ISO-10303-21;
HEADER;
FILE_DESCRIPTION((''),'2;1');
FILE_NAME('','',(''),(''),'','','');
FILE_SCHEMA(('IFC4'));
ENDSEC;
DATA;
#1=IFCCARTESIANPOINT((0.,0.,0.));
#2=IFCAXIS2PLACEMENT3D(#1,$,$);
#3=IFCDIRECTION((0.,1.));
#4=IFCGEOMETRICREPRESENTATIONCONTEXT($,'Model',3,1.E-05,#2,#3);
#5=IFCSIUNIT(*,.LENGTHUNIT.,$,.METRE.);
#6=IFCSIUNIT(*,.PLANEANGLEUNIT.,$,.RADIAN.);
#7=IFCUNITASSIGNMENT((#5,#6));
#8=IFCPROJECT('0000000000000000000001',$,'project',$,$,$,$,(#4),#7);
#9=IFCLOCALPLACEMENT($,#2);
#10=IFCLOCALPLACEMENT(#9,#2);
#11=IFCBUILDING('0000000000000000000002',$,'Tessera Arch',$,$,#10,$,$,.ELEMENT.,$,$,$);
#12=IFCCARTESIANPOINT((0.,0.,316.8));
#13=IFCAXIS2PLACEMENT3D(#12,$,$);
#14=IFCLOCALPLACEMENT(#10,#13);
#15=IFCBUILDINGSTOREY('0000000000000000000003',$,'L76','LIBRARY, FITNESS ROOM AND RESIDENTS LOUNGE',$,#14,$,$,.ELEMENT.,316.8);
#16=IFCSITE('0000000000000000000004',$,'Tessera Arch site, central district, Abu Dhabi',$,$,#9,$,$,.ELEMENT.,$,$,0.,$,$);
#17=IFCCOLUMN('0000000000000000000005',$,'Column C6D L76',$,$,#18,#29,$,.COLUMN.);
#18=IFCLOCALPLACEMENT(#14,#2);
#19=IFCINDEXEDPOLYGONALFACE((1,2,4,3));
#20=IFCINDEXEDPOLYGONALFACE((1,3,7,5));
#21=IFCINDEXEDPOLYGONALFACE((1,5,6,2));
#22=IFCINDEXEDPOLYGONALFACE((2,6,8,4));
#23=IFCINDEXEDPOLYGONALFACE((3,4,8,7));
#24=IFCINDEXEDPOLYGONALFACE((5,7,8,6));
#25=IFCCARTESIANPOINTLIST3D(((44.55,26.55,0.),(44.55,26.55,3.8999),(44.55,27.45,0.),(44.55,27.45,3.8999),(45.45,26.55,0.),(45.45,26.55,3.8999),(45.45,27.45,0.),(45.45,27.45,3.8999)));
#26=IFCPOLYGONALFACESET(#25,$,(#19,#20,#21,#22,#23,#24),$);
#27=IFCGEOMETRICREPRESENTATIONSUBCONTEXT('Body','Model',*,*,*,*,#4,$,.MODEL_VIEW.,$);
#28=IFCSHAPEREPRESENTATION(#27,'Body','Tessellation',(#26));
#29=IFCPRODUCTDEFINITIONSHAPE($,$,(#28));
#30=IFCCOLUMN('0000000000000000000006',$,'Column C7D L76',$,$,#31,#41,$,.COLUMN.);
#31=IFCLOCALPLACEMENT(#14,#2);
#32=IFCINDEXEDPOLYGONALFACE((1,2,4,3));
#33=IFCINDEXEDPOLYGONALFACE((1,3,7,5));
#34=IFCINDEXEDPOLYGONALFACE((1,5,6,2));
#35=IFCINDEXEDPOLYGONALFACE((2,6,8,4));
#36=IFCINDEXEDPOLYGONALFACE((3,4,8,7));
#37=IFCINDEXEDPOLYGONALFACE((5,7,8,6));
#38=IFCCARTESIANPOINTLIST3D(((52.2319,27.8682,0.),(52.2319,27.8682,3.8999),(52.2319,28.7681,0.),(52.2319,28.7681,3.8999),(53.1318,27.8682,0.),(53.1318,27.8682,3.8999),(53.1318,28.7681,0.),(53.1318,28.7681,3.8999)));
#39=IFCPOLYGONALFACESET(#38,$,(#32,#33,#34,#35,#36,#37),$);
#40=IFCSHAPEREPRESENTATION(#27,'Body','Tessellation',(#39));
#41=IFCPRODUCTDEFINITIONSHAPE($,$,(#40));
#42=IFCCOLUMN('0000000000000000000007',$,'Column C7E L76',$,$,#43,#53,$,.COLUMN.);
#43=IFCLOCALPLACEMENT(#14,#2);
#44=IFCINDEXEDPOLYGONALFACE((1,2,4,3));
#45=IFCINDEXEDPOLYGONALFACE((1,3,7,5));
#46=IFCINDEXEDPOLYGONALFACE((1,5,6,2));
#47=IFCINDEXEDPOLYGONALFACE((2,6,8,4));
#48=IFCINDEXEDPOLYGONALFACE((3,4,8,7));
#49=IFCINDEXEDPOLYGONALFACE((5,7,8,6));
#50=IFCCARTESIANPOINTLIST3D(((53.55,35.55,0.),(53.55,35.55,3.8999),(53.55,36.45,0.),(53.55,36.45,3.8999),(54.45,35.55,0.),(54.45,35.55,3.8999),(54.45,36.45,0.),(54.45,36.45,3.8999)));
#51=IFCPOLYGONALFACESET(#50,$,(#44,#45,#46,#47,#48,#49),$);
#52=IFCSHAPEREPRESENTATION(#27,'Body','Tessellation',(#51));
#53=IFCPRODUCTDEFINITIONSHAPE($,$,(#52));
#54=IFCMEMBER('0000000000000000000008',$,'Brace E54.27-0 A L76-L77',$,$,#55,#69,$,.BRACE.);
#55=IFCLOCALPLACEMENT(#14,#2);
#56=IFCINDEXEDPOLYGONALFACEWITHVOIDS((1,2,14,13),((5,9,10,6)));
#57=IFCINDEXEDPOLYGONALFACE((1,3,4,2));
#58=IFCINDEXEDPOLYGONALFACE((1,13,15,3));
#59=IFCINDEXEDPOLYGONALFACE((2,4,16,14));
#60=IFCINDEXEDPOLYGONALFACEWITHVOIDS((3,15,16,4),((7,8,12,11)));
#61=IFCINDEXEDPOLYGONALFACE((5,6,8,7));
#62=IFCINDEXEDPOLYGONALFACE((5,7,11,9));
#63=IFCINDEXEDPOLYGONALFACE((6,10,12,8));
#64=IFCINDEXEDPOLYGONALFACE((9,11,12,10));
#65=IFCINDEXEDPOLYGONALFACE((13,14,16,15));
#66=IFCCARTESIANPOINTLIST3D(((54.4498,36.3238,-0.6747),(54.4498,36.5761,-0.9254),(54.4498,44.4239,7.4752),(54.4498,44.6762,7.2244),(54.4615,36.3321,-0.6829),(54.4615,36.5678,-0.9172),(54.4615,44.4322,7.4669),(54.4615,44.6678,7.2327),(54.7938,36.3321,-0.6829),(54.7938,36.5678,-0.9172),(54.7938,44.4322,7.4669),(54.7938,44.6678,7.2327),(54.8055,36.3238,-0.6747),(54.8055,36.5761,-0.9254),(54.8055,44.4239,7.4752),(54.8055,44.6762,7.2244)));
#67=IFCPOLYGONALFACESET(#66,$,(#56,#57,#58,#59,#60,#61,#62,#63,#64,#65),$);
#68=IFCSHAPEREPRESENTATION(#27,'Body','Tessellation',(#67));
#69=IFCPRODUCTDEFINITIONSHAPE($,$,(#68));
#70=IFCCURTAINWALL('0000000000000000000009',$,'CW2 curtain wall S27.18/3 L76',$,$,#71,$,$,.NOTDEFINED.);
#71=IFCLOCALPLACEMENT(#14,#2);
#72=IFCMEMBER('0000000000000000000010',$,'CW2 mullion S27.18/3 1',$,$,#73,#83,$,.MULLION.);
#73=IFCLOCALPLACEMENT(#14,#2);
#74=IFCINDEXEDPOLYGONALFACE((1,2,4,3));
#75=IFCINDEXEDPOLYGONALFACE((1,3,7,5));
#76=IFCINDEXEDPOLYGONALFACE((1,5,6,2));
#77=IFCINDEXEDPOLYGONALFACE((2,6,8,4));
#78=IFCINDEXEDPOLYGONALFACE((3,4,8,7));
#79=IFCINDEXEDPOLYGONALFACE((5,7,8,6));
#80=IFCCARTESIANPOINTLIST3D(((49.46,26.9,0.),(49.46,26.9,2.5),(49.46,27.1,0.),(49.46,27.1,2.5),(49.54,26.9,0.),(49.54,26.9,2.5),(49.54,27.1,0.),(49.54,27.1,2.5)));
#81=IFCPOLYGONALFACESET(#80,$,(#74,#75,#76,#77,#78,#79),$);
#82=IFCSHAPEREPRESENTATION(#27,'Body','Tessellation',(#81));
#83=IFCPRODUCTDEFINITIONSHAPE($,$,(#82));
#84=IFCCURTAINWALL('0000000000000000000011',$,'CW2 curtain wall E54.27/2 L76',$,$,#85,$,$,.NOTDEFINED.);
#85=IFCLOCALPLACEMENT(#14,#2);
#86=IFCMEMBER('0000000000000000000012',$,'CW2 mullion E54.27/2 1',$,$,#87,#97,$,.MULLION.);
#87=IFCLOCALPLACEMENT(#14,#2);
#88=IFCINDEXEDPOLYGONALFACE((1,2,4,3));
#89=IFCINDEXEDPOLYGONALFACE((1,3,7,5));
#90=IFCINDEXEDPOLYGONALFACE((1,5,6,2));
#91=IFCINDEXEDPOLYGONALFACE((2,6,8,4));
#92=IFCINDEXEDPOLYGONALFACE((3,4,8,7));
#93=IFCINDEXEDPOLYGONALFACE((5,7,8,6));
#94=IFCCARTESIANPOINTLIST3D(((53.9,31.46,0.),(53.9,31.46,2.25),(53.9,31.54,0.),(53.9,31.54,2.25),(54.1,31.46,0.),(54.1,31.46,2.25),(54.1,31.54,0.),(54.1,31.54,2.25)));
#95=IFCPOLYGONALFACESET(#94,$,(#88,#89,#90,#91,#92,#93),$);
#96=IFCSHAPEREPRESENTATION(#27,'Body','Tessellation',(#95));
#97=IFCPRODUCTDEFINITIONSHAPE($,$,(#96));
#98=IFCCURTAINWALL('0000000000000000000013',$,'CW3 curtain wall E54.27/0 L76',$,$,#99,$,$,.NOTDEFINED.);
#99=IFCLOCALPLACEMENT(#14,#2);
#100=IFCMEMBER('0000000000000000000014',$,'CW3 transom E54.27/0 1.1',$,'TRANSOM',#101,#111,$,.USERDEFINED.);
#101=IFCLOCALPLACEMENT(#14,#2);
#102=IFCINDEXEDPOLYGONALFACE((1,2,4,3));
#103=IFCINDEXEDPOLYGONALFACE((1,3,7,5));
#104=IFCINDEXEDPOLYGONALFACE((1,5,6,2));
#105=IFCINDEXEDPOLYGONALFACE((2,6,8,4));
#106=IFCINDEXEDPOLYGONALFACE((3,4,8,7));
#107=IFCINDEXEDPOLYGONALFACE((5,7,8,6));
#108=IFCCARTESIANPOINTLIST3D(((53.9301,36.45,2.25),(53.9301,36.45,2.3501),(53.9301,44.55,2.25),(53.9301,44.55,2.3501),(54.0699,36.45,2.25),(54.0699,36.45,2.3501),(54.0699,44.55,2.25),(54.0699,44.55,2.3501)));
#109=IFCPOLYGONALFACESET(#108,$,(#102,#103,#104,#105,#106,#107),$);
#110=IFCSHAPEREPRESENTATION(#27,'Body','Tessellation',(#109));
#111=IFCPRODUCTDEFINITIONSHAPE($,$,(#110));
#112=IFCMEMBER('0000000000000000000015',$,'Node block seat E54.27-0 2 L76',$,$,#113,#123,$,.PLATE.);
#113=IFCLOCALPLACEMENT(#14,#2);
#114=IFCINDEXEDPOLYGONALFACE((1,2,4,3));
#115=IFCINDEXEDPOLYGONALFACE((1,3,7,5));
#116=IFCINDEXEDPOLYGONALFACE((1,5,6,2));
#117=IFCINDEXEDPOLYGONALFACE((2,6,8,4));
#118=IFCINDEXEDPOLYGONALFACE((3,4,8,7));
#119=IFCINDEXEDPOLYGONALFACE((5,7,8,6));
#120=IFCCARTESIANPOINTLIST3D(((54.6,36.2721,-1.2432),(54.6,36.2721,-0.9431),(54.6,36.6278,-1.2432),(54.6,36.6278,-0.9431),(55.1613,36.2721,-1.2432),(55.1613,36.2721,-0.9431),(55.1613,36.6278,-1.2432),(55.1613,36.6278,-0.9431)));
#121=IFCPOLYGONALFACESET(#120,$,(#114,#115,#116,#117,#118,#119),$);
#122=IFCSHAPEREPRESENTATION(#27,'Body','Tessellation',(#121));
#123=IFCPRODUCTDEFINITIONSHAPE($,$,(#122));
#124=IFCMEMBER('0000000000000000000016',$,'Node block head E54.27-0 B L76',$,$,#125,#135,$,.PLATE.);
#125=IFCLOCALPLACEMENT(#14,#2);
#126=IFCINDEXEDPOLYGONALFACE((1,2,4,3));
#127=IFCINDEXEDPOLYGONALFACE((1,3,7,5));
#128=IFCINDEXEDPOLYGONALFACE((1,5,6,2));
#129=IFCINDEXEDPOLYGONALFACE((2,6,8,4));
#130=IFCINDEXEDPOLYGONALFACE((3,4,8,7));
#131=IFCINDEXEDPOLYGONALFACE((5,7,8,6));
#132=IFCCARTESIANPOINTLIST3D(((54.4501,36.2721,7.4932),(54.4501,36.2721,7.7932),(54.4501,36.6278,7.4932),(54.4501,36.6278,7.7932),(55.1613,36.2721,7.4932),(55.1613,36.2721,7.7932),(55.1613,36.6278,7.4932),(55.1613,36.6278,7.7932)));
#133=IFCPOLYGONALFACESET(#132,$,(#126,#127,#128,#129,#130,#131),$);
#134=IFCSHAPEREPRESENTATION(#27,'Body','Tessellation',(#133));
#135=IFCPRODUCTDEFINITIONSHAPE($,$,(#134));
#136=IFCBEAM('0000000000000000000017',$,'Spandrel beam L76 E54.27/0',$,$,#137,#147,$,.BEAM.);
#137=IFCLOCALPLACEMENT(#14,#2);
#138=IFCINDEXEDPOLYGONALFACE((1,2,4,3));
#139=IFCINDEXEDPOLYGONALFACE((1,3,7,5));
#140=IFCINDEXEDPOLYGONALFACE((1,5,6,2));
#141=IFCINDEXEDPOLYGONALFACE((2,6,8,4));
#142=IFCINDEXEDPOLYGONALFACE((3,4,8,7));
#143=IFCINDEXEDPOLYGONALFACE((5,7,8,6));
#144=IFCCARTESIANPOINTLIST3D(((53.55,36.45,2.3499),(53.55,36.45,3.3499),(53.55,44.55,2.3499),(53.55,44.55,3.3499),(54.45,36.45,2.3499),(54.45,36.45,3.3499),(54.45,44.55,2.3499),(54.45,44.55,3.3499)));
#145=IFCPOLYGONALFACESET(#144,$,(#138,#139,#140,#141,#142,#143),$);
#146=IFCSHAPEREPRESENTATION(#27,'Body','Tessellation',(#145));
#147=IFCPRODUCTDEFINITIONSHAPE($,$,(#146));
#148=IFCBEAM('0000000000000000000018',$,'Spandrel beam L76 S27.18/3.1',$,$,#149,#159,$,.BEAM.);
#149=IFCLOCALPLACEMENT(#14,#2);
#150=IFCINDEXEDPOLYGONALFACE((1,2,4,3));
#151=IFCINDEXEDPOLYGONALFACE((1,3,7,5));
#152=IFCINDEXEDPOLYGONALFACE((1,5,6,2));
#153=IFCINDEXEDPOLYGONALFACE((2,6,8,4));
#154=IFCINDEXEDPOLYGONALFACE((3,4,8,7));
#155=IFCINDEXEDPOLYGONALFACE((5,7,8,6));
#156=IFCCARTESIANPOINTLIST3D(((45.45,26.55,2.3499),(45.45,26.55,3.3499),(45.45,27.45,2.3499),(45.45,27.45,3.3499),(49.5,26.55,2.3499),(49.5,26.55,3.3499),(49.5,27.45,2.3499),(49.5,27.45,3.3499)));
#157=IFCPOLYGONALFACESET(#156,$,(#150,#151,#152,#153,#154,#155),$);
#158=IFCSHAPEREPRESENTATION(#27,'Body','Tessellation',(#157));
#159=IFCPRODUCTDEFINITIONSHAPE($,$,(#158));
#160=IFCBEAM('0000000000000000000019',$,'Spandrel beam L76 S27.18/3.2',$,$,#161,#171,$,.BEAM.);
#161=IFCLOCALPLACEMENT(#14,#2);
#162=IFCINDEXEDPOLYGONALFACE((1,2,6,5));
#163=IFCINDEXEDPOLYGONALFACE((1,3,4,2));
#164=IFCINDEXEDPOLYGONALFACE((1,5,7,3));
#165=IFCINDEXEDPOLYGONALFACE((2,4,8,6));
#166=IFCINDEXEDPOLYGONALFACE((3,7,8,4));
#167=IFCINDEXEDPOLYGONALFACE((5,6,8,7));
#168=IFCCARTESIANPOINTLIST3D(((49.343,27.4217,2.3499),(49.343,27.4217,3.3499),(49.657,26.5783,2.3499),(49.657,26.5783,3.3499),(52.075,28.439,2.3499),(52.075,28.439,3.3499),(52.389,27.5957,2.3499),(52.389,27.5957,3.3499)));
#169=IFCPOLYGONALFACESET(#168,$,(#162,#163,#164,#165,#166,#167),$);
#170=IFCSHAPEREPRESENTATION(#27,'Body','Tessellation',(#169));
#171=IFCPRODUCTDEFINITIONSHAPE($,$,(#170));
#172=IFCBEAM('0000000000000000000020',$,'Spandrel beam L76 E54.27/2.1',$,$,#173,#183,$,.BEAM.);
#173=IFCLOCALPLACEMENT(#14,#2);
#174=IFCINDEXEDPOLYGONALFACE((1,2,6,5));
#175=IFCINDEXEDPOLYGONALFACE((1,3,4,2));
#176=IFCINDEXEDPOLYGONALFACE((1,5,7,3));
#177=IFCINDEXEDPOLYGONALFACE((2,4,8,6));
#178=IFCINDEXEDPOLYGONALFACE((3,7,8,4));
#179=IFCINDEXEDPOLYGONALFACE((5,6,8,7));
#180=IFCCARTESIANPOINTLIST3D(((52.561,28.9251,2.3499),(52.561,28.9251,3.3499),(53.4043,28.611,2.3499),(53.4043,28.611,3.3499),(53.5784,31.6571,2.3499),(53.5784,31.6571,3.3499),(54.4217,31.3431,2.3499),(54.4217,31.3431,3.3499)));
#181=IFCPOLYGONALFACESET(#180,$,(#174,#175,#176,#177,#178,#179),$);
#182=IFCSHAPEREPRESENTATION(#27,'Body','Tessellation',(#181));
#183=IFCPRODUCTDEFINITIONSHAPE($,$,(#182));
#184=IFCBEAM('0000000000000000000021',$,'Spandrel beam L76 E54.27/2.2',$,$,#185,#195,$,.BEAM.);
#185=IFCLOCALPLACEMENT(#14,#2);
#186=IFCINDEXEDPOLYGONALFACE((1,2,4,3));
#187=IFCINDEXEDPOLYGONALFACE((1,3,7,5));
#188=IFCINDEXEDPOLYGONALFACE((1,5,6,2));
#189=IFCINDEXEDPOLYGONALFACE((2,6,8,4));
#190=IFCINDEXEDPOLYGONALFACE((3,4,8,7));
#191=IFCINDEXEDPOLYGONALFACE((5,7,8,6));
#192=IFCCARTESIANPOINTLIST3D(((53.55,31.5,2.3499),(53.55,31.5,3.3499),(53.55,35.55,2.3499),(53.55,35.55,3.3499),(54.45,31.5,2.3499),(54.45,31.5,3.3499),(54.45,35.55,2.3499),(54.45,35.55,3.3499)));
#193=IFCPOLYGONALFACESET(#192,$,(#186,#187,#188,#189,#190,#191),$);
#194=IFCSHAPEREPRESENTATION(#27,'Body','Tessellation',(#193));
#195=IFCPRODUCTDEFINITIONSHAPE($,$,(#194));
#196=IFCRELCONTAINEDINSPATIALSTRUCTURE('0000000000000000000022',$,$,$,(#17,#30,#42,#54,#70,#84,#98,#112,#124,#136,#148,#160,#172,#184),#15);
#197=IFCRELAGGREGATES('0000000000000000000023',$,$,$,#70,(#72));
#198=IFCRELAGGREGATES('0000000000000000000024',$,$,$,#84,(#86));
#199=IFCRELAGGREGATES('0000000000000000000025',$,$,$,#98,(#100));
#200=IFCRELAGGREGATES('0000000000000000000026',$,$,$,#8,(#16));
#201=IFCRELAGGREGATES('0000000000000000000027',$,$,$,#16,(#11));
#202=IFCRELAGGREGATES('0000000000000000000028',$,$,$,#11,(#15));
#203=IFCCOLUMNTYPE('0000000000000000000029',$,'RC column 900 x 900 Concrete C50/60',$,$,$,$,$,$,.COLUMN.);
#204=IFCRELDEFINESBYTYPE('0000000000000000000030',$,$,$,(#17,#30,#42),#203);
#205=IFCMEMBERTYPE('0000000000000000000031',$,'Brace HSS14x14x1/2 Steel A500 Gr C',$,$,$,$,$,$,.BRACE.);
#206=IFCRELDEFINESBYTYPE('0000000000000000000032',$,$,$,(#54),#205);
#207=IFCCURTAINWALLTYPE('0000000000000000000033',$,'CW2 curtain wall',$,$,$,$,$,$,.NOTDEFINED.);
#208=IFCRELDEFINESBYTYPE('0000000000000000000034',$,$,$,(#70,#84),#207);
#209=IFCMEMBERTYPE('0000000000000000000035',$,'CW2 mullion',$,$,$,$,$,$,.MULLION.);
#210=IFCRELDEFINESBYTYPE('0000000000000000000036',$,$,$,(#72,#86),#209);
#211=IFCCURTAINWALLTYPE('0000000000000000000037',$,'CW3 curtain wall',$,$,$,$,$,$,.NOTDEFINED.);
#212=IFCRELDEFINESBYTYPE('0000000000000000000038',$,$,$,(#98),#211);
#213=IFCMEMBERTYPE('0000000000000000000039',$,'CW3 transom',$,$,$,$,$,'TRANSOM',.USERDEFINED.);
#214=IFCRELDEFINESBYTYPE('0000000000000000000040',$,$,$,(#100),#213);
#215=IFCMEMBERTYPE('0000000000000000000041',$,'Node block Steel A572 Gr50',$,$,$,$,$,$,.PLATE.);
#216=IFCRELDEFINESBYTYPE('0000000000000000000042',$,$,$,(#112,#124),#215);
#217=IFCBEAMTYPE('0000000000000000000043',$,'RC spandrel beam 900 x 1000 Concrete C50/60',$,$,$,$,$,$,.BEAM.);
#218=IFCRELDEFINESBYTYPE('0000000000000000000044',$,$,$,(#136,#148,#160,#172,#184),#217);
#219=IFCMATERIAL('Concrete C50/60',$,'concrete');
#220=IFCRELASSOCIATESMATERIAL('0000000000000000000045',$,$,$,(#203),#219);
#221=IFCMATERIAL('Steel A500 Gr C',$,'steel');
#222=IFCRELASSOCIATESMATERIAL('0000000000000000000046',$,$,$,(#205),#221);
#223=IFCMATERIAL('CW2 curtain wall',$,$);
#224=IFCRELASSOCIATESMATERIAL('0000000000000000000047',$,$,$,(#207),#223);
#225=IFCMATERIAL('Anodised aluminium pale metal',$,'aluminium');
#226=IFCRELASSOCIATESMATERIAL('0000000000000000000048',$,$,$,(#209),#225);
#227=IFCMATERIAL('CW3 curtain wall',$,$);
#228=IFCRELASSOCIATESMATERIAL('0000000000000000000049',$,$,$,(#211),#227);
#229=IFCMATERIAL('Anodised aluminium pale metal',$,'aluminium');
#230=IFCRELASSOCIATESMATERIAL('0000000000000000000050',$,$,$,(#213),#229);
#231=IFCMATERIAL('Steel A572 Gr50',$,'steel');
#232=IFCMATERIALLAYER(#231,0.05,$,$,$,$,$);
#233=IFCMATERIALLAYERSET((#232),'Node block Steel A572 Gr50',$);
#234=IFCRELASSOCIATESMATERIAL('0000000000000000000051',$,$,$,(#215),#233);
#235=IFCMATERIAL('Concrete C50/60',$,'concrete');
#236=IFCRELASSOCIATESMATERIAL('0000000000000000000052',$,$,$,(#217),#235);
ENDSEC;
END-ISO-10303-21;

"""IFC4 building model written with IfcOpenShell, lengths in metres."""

from ifc_helpers import new_model, si_unit, direction, frame, origin, origin_2d, place, context, subcontext, project, spatial, rectangle, hollow_rectangle, extrude, material, layer, layer_set, material_profile, profile_set, type_object, element, aggregate, save


model = new_model("IFC4")

# Units and contexts
model_context = context("Model", 3, precision=1e-05, world=origin(), true_north=direction((0.0, 1.0)))
body_context = subcontext(model_context, "Body", "Model", "MODEL_VIEW")
ifc_project = project(units=[si_unit("LENGTHUNIT", "METRE"), si_unit("PLANEANGLEUNIT", "RADIAN")], contexts=[model_context])

# Site, building, storey
site_placement = place(None, origin())
site = spatial("IfcSite", under=ifc_project, at=site_placement, Name="Tessera Arch site, central district, Abu Dhabi", CompositionType="ELEMENT", RefElevation=0.0)
building_placement = place(site_placement, origin())
building = spatial("IfcBuilding", under=site, at=building_placement, Name="Tessera Arch", CompositionType="ELEMENT")
storey_placement = place(building_placement, frame((0.0, 0.0, 316.8)))
storey = spatial("IfcBuildingStorey", under=building, at=storey_placement, Name="L76", Description="LIBRARY, FITNESS ROOM AND RESIDENTS LOUNGE", CompositionType="ELEMENT", Elevation=316.8)

# Columns
ifc_material_1 = material(Name="Concrete C50/60", Category="concrete")
ifc_material_profile_1 = material_profile(ifc_material_1, rectangle(XDim=0.8999, YDim=0.8999, at=origin_2d()), Name="RC column 900 x 900 Concrete C50/60")
ifc_profile_set_1 = profile_set([ifc_material_profile_1], Name="Concrete C50/60")
column_type = type_object("IfcColumnType", Name="RC column 900 x 900 Concrete C50/60", PredefinedType="COLUMN", material=ifc_profile_set_1)
for number, where, z_axis, x_axis, name in (
    (1, (45.0, 27.0, 0.0), (0.0, 0.0, 1.0), (1.0, 0.0, 0.0), "Column C6D L76"),
    (2, (52.6819, 28.3181, 0.0), (0.0, 0.0, 1.0), (1.0, 0.0, 0.0), "Column C7D L76"),
    (3, (54.0, 36.0, 0.0), (0.0, 0.0, 1.0), (1.0, 0.0, 0.0), "Column C7E L76"),
):
    element("IfcColumn", number, at=place(storey_placement, frame(where, z_axis=z_axis, x_axis=x_axis)), inside=storey, type_object=column_type, Name=name, PredefinedType="COLUMN", context=body_context, shape_type="SweptSolid", body=[
        extrude(rectangle(XDim=0.8999, YDim=0.8999, at=origin_2d()), origin(), (0.0, 0.0, 1.0), 3.8999),
    ])

# Member
ifc_material_2 = material(Name="Steel A500 Gr C", Category="steel")
ifc_material_profile_2 = material_profile(ifc_material_2, hollow_rectangle(XDim=0.3557, YDim=0.3557, WallThickness=0.0117, at=origin_2d()), Name="HSS14x14x1/2")
ifc_profile_set_2 = profile_set([ifc_material_profile_2], Name="Steel A500 Gr C")
member_type_1 = type_object("IfcMemberType", Name="Brace HSS14x14x1/2 Steel A500 Gr C", PredefinedType="BRACE", material=ifc_profile_set_2)
member_1_placement = place(storey_placement, frame((54.6277, 36.45, -0.8), z_axis=(0.0, 0.704936, 0.709271), x_axis=(-1.0, 0.0, 0.0)))
element("IfcMember", 4, at=member_1_placement, inside=storey, type_object=member_type_1, Name="Brace E54.27-0 A L76-L77", PredefinedType="BRACE", context=body_context, shape_type="SweptSolid", body=[
    extrude(hollow_rectangle(XDim=0.3557, YDim=0.3557, WallThickness=0.0117, at=origin_2d()), origin(), (0.0, 0.0, 1.0), 11.4905),
])

# Curtain walls, members
ifc_material_3 = material(Name="CW2 curtain wall")
curtain_wall_type_1 = type_object("IfcCurtainWallType", Name="CW2 curtain wall", PredefinedType="NOTDEFINED", material=ifc_material_3)
curtain_wall_1_placement = place(storey_placement, origin())
curtain_wall_1 = element("IfcCurtainWall", 5, at=curtain_wall_1_placement, inside=storey, type_object=curtain_wall_type_1, Name="CW2 curtain wall S27.18/3 L76", PredefinedType="NOTDEFINED")
ifc_material_4 = material(Name="Anodised aluminium pale metal", Category="aluminium")
ifc_material_profile_3 = material_profile(ifc_material_4, rectangle(XDim=0.2, YDim=0.0801, at=origin_2d()), Name="AL 80x200")
ifc_profile_set_3 = profile_set([ifc_material_profile_3], Name="Anodised aluminium pale metal")
member_type_2 = type_object("IfcMemberType", Name="CW2 mullion", PredefinedType="MULLION", material=ifc_profile_set_3)
member_2_placement = place(storey_placement, frame((49.5, 27.0, 0.0), z_axis=(0.0, 0.0, 1.0), x_axis=(0.0, 1.0, 0.0)))
member_2 = element("IfcMember", 6, at=member_2_placement, type_object=member_type_2, Name="CW2 mullion S27.18/3 1", PredefinedType="MULLION", context=body_context, shape_type="SweptSolid", body=[
    extrude(rectangle(XDim=0.2, YDim=0.0801, at=origin_2d()), origin(), (0.0, 0.0, 1.0), 2.5),
])
curtain_wall_2_placement = place(storey_placement, origin())
curtain_wall_2 = element("IfcCurtainWall", 7, at=curtain_wall_2_placement, inside=storey, type_object=curtain_wall_type_1, Name="CW2 curtain wall E54.27/2 L76", PredefinedType="NOTDEFINED")
member_3_placement = place(storey_placement, frame((54.0, 31.5, 0.0), z_axis=(0.0, 0.0, 1.0), x_axis=(-1.0, 0.0, 0.0)))
member_3 = element("IfcMember", 8, at=member_3_placement, type_object=member_type_2, Name="CW2 mullion E54.27/2 1", PredefinedType="MULLION", context=body_context, shape_type="SweptSolid", body=[
    extrude(rectangle(XDim=0.2, YDim=0.0801, at=origin_2d()), origin(), (0.0, 0.0, 1.0), 2.25),
])
ifc_material_5 = material(Name="CW3 curtain wall")
curtain_wall_type_2 = type_object("IfcCurtainWallType", Name="CW3 curtain wall", PredefinedType="NOTDEFINED", material=ifc_material_5)
curtain_wall_3_placement = place(storey_placement, origin())
curtain_wall_3 = element("IfcCurtainWall", 9, at=curtain_wall_3_placement, inside=storey, type_object=curtain_wall_type_2, Name="CW3 curtain wall E54.27/0 L76", PredefinedType="NOTDEFINED")
ifc_material_6 = material(Name="Anodised aluminium pale metal", Category="aluminium")
ifc_material_profile_4 = material_profile(ifc_material_6, rectangle(XDim=0.1399, YDim=0.1001, at=origin_2d()), Name="AL 140x100")
ifc_profile_set_4 = profile_set([ifc_material_profile_4], Name="Anodised aluminium pale metal")
member_type_3 = type_object("IfcMemberType", Name="CW3 transom", ElementType="TRANSOM", PredefinedType="USERDEFINED", material=ifc_profile_set_4)
member_4_placement = place(storey_placement, frame((54.0, 36.45, 2.3), z_axis=(0.0, 1.0, 0.0), x_axis=(-1.0, 0.0, 0.0)))
member_4 = element("IfcMember", 10, at=member_4_placement, type_object=member_type_3, Name="CW3 transom E54.27/0 1.1", ObjectType="TRANSOM", PredefinedType="USERDEFINED", context=body_context, shape_type="SweptSolid", body=[
    extrude(rectangle(XDim=0.1399, YDim=0.1001, at=origin_2d()), origin(), (0.0, 0.0, 1.0), 8.1001),
])

# Members
ifc_material_7 = material(Name="Steel A572 Gr50", Category="steel")
ifc_layer_1 = layer(ifc_material_7, 0.05)
ifc_layer_set_1 = layer_set([ifc_layer_1], Name="Node block Steel A572 Gr50")
member_type_4 = type_object("IfcMemberType", Name="Node block Steel A572 Gr50", PredefinedType="PLATE", material=ifc_layer_set_1)
member_5_placement = place(storey_placement, frame((54.8806, 36.45, -1.2432), z_axis=(0.0, 0.0, 1.0), x_axis=(0.0, 1.0, 0.0)))
element("IfcMember", 11, at=member_5_placement, inside=storey, type_object=member_type_4, Name="Node block seat E54.27-0 2 L76", PredefinedType="PLATE", context=body_context, shape_type="SweptSolid", body=[
    extrude(rectangle(XDim=0.3557, YDim=0.5613, at=origin_2d()), origin(), (0.0, 0.0, 1.0), 0.3),
])
member_6_placement = place(storey_placement, frame((54.8057, 36.45, 7.4932), z_axis=(0.0, 0.0, 1.0), x_axis=(0.0, 1.0, 0.0)))
element("IfcMember", 12, at=member_6_placement, inside=storey, type_object=member_type_4, Name="Node block head E54.27-0 B L76", PredefinedType="PLATE", context=body_context, shape_type="SweptSolid", body=[
    extrude(rectangle(XDim=0.3557, YDim=0.7112, at=origin_2d()), origin(), (0.0, 0.0, 1.0), 0.3),
])

# Beams
ifc_material_8 = material(Name="Concrete C50/60", Category="concrete")
ifc_material_profile_5 = material_profile(ifc_material_8, rectangle(XDim=0.8999, YDim=1.0, at=origin_2d()), Name="RC spandrel beam 900 x 1000 Concrete C50/60")
ifc_profile_set_5 = profile_set([ifc_material_profile_5], Name="Concrete C50/60")
beam_type = type_object("IfcBeamType", Name="RC spandrel beam 900 x 1000 Concrete C50/60", PredefinedType="BEAM", material=ifc_profile_set_5)
beam_1_placement = place(storey_placement, frame((54.0, 36.45, 2.8499), z_axis=(0.0, 1.0, 0.0), x_axis=(-1.0, 0.0, 0.0)))
element("IfcBeam", 13, at=beam_1_placement, inside=storey, type_object=beam_type, Name="Spandrel beam L76 E54.27/0", PredefinedType="BEAM", context=body_context, shape_type="SweptSolid", body=[
    extrude(rectangle(XDim=0.8999, YDim=1.0, at=origin_2d()), origin(), (0.0, 0.0, 1.0), 8.1001),
])
beam_2_placement = place(storey_placement, frame((45.45, 27.0, 2.8499), z_axis=(1.0, 0.0, 0.0), x_axis=(0.0, 1.0, 0.0)))
element("IfcBeam", 14, at=beam_2_placement, inside=storey, type_object=beam_type, Name="Spandrel beam L76 S27.18/3.1", PredefinedType="BEAM", context=body_context, shape_type="SweptSolid", body=[
    extrude(rectangle(XDim=0.8999, YDim=1.0, at=origin_2d()), origin(), (0.0, 0.0, 1.0), 4.05),
])
for number, where, z_axis, x_axis, name in (
    (15, (49.5, 27.0, 2.8499), (0.937132, 0.348975, 0.0), (-0.348975, 0.937132, 0.0), "Spandrel beam L76 S27.18/3.2"),
    (16, (52.9827, 28.7681, 2.8499), (0.348975, 0.937132, 0.0), (-0.937132, 0.348975, 0.0), "Spandrel beam L76 E54.27/2.1"),
):
    element("IfcBeam", number, at=place(storey_placement, frame(where, z_axis=z_axis, x_axis=x_axis)), inside=storey, type_object=beam_type, Name=name, PredefinedType="BEAM", context=body_context, shape_type="SweptSolid", body=[
        extrude(rectangle(XDim=0.8999, YDim=1.0, at=origin_2d()), origin(), (0.0, 0.0, 1.0), 2.9153),
    ])
beam_3_placement = place(storey_placement, frame((54.0, 31.5, 2.8499), z_axis=(0.0, 1.0, 0.0), x_axis=(-1.0, 0.0, 0.0)))
element("IfcBeam", 17, at=beam_3_placement, inside=storey, type_object=beam_type, Name="Spandrel beam L76 E54.27/2.2", PredefinedType="BEAM", context=body_context, shape_type="SweptSolid", body=[
    extrude(rectangle(XDim=0.8999, YDim=1.0, at=origin_2d()), origin(), (0.0, 0.0, 1.0), 4.05),
])

aggregate(curtain_wall_1, [member_2])
aggregate(curtain_wall_2, [member_3])
aggregate(curtain_wall_3, [member_4])

save(model, "model.ifc")
